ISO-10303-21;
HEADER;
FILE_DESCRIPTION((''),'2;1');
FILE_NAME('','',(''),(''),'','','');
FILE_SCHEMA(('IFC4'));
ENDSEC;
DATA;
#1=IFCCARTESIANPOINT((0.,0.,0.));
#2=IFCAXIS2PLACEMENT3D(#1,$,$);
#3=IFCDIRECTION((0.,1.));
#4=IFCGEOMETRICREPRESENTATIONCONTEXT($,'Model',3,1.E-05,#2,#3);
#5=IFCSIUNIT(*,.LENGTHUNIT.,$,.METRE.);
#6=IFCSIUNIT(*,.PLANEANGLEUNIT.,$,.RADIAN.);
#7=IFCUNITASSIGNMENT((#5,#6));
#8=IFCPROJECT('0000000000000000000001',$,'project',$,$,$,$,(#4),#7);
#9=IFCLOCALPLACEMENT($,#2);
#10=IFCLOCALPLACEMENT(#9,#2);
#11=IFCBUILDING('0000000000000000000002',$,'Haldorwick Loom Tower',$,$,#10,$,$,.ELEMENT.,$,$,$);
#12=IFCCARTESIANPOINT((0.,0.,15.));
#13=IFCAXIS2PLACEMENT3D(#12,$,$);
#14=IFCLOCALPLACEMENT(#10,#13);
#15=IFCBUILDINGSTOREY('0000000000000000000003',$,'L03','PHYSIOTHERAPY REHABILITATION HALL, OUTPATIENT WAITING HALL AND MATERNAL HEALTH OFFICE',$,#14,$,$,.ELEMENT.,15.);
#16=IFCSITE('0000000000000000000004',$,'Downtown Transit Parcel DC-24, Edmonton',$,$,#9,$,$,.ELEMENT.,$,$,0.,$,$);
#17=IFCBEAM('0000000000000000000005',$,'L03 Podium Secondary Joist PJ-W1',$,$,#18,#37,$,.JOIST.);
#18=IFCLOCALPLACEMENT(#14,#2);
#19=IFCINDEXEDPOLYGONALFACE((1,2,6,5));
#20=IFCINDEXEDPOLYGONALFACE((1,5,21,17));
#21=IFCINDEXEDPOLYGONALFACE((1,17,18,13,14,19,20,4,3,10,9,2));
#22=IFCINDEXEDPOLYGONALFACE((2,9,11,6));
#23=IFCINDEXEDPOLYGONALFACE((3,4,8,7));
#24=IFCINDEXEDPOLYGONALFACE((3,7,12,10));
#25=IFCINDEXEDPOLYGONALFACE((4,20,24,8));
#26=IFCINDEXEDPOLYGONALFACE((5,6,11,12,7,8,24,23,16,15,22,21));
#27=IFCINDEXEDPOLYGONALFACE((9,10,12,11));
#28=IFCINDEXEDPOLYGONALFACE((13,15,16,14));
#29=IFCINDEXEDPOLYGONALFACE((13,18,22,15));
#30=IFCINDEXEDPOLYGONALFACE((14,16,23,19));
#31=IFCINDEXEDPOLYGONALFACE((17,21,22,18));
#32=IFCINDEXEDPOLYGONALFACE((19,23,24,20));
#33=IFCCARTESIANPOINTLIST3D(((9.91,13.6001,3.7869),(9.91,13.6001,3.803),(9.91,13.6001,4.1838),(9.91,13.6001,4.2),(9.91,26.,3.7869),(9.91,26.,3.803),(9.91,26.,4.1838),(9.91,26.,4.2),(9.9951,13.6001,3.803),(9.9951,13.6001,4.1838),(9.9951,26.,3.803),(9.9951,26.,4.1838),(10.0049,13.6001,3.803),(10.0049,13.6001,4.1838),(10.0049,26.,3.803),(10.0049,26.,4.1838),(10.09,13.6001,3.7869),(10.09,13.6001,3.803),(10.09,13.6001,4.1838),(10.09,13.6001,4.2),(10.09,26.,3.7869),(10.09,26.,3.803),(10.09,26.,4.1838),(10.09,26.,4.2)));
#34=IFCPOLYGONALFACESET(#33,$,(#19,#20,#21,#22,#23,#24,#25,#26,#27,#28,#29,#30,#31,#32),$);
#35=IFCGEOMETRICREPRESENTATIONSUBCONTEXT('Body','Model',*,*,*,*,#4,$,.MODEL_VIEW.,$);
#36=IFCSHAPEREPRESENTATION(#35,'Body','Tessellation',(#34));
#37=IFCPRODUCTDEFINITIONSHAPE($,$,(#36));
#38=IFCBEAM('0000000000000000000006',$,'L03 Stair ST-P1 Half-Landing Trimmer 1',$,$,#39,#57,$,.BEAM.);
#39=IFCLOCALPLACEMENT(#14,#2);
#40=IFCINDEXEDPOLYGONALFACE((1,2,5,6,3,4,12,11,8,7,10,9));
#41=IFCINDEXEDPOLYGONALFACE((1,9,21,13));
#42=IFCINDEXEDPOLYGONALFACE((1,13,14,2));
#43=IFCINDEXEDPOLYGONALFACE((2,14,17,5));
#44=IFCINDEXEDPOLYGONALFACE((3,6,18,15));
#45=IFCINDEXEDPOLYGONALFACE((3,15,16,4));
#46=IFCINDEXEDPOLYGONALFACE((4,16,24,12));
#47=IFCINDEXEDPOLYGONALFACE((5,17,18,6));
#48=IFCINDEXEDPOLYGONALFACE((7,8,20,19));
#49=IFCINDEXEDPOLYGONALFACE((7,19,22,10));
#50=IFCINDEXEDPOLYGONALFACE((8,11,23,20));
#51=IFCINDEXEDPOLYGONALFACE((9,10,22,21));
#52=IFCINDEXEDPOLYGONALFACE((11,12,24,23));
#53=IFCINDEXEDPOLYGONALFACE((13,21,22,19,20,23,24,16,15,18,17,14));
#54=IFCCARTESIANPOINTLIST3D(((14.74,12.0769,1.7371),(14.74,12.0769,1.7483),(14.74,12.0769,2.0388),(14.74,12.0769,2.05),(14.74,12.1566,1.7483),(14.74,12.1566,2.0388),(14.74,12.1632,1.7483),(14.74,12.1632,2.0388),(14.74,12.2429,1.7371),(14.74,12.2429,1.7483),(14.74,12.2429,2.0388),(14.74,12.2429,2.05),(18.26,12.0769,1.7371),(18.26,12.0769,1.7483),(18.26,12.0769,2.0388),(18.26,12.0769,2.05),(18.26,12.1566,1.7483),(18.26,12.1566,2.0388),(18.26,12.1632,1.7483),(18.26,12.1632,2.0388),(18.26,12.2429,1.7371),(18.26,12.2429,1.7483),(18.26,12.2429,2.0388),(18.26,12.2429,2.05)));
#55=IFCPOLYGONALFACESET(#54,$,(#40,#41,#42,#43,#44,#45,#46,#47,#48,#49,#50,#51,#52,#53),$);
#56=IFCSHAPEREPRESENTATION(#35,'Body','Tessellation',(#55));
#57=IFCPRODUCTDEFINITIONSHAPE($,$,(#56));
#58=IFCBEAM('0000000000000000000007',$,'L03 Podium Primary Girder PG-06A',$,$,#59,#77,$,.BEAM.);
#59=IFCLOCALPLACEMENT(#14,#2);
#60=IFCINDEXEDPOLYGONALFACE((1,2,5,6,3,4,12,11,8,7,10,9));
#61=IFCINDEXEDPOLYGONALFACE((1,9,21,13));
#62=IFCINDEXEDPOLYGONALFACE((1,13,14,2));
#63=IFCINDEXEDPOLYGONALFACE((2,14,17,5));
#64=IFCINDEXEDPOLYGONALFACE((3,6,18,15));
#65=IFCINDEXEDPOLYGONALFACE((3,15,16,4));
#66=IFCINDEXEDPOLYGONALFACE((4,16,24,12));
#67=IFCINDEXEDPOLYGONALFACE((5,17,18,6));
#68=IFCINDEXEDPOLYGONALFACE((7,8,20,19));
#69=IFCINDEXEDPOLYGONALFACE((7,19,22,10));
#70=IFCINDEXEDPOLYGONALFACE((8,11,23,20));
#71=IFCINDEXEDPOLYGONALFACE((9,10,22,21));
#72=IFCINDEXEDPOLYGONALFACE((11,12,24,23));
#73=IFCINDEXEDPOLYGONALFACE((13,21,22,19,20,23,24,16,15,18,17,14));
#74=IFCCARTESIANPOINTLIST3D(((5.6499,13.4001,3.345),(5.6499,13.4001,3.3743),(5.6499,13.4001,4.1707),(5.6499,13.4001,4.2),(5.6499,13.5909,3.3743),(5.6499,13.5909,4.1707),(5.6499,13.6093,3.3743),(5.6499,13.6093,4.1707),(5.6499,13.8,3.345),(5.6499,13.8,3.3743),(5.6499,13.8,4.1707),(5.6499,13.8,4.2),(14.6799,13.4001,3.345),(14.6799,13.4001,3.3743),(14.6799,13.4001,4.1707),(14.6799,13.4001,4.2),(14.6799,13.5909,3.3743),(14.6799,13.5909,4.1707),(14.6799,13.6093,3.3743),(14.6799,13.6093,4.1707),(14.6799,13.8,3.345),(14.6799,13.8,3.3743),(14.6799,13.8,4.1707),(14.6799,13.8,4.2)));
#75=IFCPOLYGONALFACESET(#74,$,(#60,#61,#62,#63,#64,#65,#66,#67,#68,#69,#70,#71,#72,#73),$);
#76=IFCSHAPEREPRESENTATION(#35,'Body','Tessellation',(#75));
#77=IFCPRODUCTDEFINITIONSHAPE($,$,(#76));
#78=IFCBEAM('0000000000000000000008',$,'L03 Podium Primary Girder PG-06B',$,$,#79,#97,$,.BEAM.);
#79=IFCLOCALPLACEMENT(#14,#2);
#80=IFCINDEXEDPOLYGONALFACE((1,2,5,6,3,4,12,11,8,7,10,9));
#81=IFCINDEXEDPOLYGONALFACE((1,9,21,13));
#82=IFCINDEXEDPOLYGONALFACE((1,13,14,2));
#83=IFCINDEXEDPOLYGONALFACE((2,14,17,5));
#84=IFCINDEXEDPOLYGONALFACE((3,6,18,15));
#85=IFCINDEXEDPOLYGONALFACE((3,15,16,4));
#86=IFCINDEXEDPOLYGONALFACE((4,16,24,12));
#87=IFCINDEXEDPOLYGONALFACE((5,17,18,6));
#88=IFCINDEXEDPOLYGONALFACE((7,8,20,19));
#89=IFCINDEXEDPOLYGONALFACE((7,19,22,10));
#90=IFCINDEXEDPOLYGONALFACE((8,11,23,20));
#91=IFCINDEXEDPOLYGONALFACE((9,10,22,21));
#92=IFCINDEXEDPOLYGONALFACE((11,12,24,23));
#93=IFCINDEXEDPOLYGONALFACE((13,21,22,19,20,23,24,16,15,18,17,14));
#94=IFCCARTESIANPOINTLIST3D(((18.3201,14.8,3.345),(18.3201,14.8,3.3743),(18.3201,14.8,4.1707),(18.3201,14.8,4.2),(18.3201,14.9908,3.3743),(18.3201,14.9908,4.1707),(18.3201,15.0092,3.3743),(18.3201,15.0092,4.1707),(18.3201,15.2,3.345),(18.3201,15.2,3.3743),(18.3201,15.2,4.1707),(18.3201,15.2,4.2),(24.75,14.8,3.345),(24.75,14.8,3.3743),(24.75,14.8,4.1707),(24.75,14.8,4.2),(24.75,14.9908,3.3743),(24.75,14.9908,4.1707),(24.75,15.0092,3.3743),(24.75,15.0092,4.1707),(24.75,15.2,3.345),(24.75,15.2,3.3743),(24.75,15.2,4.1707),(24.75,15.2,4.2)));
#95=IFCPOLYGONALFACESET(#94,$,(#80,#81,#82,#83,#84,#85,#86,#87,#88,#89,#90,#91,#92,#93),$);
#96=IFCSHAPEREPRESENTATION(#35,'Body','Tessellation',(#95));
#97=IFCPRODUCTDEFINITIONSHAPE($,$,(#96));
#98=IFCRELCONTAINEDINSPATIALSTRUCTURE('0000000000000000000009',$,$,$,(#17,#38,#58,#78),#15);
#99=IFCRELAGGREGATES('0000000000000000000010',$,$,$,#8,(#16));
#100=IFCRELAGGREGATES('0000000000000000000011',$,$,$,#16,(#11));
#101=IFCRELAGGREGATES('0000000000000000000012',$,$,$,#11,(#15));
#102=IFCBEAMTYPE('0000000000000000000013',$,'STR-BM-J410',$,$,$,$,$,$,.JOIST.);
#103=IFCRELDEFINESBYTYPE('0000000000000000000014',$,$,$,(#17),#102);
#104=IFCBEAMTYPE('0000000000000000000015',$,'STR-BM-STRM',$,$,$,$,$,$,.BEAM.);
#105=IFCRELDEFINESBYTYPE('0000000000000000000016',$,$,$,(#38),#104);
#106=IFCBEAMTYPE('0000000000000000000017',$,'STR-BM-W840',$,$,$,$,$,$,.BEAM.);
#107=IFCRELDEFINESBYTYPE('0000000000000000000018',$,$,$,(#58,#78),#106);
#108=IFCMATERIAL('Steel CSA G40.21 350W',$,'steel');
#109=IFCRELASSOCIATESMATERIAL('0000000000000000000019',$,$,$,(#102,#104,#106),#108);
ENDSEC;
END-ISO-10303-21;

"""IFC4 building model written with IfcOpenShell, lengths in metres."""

from ifc_helpers import new_model, si_unit, direction, frame, origin, origin_2d, place, context, subcontext, project, spatial, i_section, extrude, material, material_profile, profile_set, type_object, element, save


model = new_model("IFC4")

# Units and contexts
model_context = context("Model", 3, precision=1e-05, world=origin(), true_north=direction((0.0, 1.0)))
body_context = subcontext(model_context, "Body", "Model", "MODEL_VIEW")
ifc_project = project(units=[si_unit("LENGTHUNIT", "METRE"), si_unit("PLANEANGLEUNIT", "RADIAN")], contexts=[model_context])

# Site, building, storey
site_placement = place(None, origin())
site = spatial("IfcSite", under=ifc_project, at=site_placement, Name="Downtown Transit Parcel DC-24, Edmonton", CompositionType="ELEMENT", RefElevation=0.0)
building_placement = place(site_placement, origin())
building = spatial("IfcBuilding", under=site, at=building_placement, Name="Haldorwick Loom Tower", CompositionType="ELEMENT")
storey_placement = place(building_placement, frame((0.0, 0.0, 15.0)))
storey = spatial("IfcBuildingStorey", under=building, at=storey_placement, Name="L03", Description="PHYSIOTHERAPY REHABILITATION HALL, OUTPATIENT WAITING HALL AND MATERNAL HEALTH OFFICE", CompositionType="ELEMENT", Elevation=15.0)

# Beams
ifc_material_1 = material(Name="Steel CSA G40.21 350W", Category="steel")
ifc_material_profile_1 = material_profile(ifc_material_1, i_section(OverallWidth=0.1799, OverallDepth=0.4131, WebThickness=0.0098, FlangeThickness=0.0161, at=origin_2d()), Name="W410X74", Category="steel")
ifc_profile_set_1 = profile_set([ifc_material_profile_1], Name="Steel CSA G40.21 350W")
beam_type_1 = type_object("IfcBeamType", Name="STR-BM-J410", PredefinedType="JOIST", material=ifc_profile_set_1)
beam_1_placement = place(storey_placement, frame((10.0, 13.6001, 3.9934), z_axis=(0.0, 1.0, 0.0), x_axis=(-1.0, 0.0, 0.0)))
element("IfcBeam", 1, at=beam_1_placement, inside=storey, type_object=beam_type_1, Name="L03 Podium Secondary Joist PJ-W1", PredefinedType="JOIST", context=body_context, shape_type="SweptSolid", body=[
    extrude(i_section(OverallWidth=0.1799, OverallDepth=0.4131, WebThickness=0.0098, FlangeThickness=0.0161, at=origin_2d()), origin(), (0.0, 0.0, 1.0), 12.3999),
])
ifc_material_profile_2 = material_profile(ifc_material_1, i_section(OverallWidth=0.166, OverallDepth=0.313, WebThickness=0.0066, FlangeThickness=0.0112, at=origin_2d()), Name="W310X45", Category="steel")
ifc_profile_set_2 = profile_set([ifc_material_profile_2], Name="Steel CSA G40.21 350W")
beam_type_2 = type_object("IfcBeamType", Name="STR-BM-STRM", PredefinedType="BEAM", material=ifc_profile_set_2)
beam_2_placement = place(storey_placement, frame((14.74, 12.1599, 1.8936), z_axis=(1.0, 0.0, 0.0), x_axis=(0.0, 1.0, 0.0)))
element("IfcBeam", 2, at=beam_2_placement, inside=storey, type_object=beam_type_2, Name="L03 Stair ST-P1 Half-Landing Trimmer 1", PredefinedType="BEAM", context=body_context, shape_type="SweptSolid", body=[
    extrude(i_section(OverallWidth=0.166, OverallDepth=0.313, WebThickness=0.0066, FlangeThickness=0.0112, at=origin_2d()), origin(), (0.0, 0.0, 1.0), 3.52),
])
ifc_material_profile_3 = material_profile(ifc_material_1, i_section(OverallWidth=0.3999, OverallDepth=0.855, WebThickness=0.0183, FlangeThickness=0.0293, at=origin_2d()), Name="W840X299", Category="steel")
ifc_profile_set_3 = profile_set([ifc_material_profile_3], Name="Steel CSA G40.21 350W")
beam_type_3 = type_object("IfcBeamType", Name="STR-BM-W840", PredefinedType="BEAM", material=ifc_profile_set_3)
beam_3_placement = place(storey_placement, frame((5.6499, 13.6001, 3.7725), z_axis=(1.0, 0.0, 0.0), x_axis=(0.0, 1.0, 0.0)))
element("IfcBeam", 3, at=beam_3_placement, inside=storey, type_object=beam_type_3, Name="L03 Podium Primary Girder PG-06A", PredefinedType="BEAM", context=body_context, shape_type="SweptSolid", body=[
    extrude(i_section(OverallWidth=0.3999, OverallDepth=0.855, WebThickness=0.0183, FlangeThickness=0.0293, at=origin_2d()), origin(), (0.0, 0.0, 1.0), 9.03),
])
beam_4_placement = place(storey_placement, frame((18.3201, 15.0, 3.7725), z_axis=(1.0, 0.0, 0.0), x_axis=(0.0, 1.0, 0.0)))
element("IfcBeam", 4, at=beam_4_placement, inside=storey, type_object=beam_type_3, Name="L03 Podium Primary Girder PG-06B", PredefinedType="BEAM", context=body_context, shape_type="SweptSolid", body=[
    extrude(i_section(OverallWidth=0.3999, OverallDepth=0.855, WebThickness=0.0183, FlangeThickness=0.0293, at=origin_2d()), origin(), (0.0, 0.0, 1.0), 6.4299),
])

save(model, "model.ifc")
